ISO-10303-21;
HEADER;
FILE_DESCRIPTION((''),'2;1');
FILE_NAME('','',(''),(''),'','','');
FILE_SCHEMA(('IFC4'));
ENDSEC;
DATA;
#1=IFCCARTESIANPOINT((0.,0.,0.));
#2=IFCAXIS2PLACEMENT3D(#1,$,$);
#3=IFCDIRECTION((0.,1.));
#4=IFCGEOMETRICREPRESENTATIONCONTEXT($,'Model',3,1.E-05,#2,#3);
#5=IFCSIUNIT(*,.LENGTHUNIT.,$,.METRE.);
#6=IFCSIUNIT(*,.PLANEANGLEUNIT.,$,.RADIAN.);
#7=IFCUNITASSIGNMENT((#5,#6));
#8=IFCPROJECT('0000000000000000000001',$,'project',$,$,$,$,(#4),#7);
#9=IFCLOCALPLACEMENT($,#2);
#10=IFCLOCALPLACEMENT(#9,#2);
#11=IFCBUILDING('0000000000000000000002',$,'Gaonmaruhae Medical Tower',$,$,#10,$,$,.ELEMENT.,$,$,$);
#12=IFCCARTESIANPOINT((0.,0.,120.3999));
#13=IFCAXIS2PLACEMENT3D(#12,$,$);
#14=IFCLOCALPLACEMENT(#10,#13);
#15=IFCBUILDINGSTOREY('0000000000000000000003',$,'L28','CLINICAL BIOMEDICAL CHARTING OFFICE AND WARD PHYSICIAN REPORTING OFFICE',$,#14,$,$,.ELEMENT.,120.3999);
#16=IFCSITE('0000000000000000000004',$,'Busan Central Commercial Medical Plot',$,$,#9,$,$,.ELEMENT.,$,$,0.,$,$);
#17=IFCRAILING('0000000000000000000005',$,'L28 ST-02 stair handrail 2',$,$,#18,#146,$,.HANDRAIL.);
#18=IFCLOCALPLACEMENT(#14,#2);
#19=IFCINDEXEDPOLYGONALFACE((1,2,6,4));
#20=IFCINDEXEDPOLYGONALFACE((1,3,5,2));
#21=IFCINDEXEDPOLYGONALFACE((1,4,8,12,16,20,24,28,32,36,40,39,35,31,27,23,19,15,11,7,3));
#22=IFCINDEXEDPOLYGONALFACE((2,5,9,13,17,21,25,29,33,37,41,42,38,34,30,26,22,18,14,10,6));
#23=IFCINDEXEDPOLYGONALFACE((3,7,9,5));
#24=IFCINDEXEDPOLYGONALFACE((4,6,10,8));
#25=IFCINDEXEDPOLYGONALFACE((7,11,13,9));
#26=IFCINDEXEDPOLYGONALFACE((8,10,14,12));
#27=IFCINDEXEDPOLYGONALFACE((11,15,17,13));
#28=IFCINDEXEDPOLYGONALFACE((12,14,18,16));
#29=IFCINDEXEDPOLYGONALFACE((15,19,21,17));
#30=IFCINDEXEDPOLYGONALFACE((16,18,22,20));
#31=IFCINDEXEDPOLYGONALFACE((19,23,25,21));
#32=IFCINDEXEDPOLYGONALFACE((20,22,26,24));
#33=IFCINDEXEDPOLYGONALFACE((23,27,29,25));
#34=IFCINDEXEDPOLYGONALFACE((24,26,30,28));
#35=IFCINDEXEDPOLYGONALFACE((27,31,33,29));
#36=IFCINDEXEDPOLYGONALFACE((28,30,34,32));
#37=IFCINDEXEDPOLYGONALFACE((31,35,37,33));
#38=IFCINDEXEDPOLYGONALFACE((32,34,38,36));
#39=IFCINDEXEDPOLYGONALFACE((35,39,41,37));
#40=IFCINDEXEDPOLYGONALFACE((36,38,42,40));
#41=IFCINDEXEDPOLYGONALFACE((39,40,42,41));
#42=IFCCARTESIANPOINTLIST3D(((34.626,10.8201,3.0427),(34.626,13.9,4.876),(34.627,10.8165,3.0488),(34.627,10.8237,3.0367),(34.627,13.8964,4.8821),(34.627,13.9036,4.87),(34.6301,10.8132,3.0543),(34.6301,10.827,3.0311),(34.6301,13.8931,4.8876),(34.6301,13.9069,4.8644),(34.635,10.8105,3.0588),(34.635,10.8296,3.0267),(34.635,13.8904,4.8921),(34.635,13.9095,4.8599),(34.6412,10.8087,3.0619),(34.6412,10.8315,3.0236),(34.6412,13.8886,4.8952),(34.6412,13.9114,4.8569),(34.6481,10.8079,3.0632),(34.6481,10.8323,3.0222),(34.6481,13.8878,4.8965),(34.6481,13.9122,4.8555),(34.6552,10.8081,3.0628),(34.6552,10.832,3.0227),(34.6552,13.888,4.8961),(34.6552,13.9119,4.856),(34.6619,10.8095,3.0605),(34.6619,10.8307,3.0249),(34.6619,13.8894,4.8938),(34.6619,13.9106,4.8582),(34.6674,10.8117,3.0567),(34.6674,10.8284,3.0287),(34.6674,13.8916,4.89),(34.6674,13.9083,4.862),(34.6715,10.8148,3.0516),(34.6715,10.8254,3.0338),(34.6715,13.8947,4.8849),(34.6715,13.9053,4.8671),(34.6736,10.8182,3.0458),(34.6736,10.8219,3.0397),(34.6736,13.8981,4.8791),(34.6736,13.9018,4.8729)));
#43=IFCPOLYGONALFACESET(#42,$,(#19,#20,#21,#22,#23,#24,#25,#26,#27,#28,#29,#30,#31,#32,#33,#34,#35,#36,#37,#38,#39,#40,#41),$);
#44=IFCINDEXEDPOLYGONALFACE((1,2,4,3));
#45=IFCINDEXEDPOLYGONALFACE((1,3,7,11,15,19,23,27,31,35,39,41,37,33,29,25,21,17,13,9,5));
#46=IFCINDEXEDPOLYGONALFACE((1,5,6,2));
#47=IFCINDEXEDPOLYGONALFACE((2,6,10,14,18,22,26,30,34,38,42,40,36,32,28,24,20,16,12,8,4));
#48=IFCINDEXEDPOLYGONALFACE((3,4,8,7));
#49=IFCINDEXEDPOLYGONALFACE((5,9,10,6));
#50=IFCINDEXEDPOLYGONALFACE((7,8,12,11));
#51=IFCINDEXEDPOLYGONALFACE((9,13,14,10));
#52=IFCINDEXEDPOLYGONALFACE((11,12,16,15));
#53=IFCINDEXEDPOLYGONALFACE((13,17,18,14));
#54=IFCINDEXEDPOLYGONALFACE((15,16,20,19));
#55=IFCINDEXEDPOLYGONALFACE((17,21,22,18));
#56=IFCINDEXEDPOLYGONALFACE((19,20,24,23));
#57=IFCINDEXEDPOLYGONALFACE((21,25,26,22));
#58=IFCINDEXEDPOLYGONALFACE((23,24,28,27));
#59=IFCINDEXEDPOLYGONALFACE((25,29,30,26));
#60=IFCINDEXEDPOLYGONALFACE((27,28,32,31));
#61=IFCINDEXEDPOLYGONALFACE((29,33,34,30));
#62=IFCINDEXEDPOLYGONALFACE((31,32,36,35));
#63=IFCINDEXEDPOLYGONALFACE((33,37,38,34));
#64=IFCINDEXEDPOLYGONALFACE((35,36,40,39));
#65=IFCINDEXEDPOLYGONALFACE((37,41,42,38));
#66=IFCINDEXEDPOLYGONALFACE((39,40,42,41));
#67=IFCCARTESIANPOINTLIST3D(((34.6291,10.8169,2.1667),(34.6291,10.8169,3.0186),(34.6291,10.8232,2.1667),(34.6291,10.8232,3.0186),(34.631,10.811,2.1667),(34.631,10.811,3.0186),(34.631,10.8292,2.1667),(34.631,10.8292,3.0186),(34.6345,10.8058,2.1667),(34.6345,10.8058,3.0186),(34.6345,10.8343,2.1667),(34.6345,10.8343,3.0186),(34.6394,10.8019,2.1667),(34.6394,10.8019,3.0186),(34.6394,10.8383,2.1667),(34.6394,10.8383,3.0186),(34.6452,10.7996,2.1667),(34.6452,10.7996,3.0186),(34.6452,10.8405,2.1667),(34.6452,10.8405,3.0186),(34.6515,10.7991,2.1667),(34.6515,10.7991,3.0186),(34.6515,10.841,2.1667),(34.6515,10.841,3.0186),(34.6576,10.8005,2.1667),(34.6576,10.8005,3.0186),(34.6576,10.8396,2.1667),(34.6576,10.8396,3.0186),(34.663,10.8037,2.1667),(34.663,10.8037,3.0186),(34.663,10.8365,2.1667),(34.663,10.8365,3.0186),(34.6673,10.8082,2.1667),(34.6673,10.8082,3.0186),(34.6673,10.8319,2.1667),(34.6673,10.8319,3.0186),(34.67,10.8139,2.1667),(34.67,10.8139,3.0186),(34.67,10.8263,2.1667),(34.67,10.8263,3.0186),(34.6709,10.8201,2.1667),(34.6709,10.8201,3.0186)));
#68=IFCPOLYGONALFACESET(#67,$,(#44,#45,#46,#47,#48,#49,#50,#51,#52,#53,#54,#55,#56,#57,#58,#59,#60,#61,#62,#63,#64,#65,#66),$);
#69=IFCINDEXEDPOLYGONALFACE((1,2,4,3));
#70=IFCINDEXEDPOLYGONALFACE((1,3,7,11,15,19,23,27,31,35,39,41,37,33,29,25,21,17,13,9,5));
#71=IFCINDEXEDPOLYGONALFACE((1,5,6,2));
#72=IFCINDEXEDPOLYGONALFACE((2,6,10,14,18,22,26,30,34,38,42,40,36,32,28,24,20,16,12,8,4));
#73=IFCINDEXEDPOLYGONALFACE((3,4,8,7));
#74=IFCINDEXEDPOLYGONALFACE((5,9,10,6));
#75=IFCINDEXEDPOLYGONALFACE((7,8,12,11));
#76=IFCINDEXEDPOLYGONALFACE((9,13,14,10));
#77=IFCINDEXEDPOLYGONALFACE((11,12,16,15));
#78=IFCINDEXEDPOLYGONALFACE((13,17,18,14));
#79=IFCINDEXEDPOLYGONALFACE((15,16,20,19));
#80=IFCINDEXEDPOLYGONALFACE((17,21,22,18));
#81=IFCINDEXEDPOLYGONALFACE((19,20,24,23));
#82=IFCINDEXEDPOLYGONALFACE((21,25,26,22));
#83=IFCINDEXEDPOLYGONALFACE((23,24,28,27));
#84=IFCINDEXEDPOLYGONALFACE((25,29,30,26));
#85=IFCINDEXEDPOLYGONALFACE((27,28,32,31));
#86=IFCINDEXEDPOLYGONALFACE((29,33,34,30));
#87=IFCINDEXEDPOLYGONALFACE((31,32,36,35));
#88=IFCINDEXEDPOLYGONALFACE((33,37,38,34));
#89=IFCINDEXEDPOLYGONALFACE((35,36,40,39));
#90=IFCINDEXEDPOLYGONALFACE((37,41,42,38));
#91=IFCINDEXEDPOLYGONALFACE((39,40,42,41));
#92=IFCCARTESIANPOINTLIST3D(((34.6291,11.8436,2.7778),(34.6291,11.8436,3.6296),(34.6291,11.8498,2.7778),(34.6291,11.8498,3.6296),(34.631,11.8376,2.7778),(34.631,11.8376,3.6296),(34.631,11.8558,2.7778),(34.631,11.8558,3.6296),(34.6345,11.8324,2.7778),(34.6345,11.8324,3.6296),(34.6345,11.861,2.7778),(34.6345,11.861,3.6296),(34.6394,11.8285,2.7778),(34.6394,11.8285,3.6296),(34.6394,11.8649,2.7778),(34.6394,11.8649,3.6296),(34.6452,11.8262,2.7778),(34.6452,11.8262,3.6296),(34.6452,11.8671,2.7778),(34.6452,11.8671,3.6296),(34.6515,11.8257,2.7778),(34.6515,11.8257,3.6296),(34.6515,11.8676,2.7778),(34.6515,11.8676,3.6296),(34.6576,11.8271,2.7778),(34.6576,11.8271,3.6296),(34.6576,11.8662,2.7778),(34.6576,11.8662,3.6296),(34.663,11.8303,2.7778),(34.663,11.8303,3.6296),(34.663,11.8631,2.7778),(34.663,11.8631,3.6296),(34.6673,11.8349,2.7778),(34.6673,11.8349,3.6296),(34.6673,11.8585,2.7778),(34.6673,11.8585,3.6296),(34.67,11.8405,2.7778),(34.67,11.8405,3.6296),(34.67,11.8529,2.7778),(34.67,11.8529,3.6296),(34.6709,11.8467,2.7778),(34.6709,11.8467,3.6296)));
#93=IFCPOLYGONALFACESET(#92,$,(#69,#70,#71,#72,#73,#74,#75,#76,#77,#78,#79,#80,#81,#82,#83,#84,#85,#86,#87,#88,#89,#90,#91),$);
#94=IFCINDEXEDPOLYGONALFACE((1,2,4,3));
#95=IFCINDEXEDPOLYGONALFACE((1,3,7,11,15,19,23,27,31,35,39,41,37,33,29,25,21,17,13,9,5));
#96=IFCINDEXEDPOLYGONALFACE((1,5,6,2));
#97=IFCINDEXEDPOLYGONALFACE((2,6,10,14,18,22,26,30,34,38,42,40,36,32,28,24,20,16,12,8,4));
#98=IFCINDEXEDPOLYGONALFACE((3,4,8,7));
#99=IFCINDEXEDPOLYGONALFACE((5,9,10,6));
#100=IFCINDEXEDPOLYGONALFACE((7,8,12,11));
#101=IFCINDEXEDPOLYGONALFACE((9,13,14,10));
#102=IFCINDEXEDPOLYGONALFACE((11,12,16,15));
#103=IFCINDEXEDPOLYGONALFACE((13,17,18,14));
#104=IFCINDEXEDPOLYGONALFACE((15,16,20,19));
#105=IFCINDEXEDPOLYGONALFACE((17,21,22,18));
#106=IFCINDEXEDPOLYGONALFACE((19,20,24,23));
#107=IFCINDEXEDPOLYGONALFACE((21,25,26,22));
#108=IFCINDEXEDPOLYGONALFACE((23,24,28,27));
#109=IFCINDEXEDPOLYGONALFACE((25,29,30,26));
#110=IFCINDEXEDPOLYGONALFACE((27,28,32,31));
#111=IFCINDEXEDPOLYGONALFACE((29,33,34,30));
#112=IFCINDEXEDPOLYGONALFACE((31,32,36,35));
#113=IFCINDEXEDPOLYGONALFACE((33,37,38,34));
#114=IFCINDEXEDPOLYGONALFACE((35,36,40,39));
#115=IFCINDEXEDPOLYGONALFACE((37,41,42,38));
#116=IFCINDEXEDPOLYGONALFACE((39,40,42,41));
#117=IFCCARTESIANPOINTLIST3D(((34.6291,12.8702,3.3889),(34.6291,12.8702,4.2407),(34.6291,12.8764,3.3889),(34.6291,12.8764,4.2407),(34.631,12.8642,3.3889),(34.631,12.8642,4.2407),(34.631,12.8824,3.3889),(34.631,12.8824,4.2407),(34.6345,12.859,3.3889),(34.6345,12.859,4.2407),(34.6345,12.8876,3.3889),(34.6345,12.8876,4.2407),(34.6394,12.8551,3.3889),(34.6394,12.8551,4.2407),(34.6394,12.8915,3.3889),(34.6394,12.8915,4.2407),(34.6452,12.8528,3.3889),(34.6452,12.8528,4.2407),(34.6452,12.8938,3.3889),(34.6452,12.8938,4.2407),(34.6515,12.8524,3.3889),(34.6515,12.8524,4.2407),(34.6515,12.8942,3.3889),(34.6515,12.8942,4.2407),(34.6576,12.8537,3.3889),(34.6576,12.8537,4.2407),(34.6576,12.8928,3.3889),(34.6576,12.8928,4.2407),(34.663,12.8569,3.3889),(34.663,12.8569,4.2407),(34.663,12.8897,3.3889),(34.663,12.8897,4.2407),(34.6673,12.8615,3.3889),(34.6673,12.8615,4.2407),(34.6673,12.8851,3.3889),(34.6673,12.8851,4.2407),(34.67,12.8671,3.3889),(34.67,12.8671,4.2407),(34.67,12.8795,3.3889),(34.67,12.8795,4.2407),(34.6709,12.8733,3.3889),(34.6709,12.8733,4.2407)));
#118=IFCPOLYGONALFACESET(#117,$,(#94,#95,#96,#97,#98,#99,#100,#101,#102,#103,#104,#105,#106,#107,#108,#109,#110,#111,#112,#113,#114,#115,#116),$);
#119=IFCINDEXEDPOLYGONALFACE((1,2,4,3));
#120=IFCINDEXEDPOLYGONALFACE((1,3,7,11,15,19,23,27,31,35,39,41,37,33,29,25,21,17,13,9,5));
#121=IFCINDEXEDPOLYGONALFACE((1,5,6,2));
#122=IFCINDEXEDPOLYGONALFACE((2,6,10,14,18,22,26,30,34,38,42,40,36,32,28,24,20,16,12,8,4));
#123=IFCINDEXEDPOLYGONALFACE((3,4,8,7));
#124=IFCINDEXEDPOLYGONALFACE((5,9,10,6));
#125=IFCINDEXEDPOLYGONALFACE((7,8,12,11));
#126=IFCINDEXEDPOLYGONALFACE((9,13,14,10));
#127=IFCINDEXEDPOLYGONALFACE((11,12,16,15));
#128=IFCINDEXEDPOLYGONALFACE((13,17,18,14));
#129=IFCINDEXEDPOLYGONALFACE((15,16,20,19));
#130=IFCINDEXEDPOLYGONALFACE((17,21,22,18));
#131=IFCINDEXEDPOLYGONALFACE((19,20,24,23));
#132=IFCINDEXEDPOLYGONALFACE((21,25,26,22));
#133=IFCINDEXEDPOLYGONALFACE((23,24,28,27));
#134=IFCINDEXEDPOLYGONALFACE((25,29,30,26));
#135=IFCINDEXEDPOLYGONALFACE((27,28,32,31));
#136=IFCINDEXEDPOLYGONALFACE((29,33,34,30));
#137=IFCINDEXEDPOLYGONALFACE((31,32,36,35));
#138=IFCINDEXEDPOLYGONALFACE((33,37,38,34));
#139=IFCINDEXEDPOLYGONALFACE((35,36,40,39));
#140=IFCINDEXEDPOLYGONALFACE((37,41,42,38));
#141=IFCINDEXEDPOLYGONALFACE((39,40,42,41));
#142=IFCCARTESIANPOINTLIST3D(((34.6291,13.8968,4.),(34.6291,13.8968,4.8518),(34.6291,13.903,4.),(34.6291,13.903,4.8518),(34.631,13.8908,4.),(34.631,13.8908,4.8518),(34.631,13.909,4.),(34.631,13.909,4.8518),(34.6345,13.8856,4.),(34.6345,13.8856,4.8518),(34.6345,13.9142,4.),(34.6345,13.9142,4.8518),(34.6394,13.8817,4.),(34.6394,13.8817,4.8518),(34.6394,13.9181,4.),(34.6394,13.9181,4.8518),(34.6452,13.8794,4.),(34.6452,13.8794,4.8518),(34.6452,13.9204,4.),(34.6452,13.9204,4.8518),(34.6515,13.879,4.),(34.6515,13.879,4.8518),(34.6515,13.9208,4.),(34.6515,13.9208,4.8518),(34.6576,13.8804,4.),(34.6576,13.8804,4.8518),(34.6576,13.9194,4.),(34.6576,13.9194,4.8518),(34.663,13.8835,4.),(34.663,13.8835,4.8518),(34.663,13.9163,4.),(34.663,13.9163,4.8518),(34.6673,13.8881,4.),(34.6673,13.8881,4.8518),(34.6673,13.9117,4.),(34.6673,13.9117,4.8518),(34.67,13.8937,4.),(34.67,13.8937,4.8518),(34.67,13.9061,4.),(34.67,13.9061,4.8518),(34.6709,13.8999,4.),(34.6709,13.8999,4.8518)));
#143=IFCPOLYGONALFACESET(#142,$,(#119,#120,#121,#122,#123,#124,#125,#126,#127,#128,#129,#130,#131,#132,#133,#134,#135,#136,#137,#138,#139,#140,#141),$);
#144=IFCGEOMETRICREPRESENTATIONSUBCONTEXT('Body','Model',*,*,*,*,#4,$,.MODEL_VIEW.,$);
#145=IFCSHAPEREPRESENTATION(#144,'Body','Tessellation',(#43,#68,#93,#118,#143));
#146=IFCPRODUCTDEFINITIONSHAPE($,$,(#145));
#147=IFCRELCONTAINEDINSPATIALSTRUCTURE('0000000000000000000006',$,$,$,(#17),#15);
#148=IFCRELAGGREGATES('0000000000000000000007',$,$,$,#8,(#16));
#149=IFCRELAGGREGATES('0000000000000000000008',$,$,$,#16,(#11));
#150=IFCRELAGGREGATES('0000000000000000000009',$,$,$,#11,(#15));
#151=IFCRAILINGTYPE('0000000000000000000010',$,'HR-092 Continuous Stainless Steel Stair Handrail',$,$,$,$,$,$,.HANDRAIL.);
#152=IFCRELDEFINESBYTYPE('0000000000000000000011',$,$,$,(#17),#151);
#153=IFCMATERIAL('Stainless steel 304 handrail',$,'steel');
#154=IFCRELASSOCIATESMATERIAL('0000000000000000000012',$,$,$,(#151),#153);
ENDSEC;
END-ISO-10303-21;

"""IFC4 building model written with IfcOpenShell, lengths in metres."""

from ifc_helpers import new_model, si_unit, direction, frame, origin, origin_2d, place, context, subcontext, project, spatial, circle, extrude, material, type_object, element, save


model = new_model("IFC4")

# Units and contexts
model_context = context("Model", 3, precision=1e-05, world=origin(), true_north=direction((0.0, 1.0)))
body_context = subcontext(model_context, "Body", "Model", "MODEL_VIEW")
ifc_project = project(units=[si_unit("LENGTHUNIT", "METRE"), si_unit("PLANEANGLEUNIT", "RADIAN")], contexts=[model_context])

# Site, building, storey
site_placement = place(None, origin())
site = spatial("IfcSite", under=ifc_project, at=site_placement, Name="Busan Central Commercial Medical Plot", CompositionType="ELEMENT", RefElevation=0.0)
building_placement = place(site_placement, origin())
building = spatial("IfcBuilding", under=site, at=building_placement, Name="Gaonmaruhae Medical Tower", CompositionType="ELEMENT")
storey_placement = place(building_placement, frame((0.0, 0.0, 120.3999)))
storey = spatial("IfcBuildingStorey", under=building, at=storey_placement, Name="L28", Description="CLINICAL BIOMEDICAL CHARTING OFFICE AND WARD PHYSICIAN REPORTING OFFICE", CompositionType="ELEMENT", Elevation=120.3999)

# Railing
ifc_material_1 = material(Name="Stainless steel 304 handrail", Category="steel")
railing_type_1 = type_object("IfcRailingType", Name="HR-092 Continuous Stainless Steel Stair Handrail", PredefinedType="HANDRAIL", material=ifc_material_1)
railing_1_placement = place(storey_placement, frame((34.6499, 10.8201, 2.1667)))
element("IfcRailing", 1, at=railing_1_placement, inside=storey, type_object=railing_type_1, Name="L28 ST-02 stair handrail 2", PredefinedType="HANDRAIL", context=body_context, shape_type="SweptSolid", body=[
    extrude(circle(Radius=0.0239, at=origin_2d()), frame((0.0, 0.0, 0.876), z_axis=(0.0, 0.859291, 0.511487), x_axis=(-1.0, 0.0, 0.0)), (0.0, 0.0, 1.0), 3.5842),
    extrude(circle(Radius=0.021, at=origin_2d()), origin(), (0.0, 0.0, 1.0), 0.8518),
    extrude(circle(Radius=0.021, at=origin_2d()), frame((0.0, 1.0266, 0.6111)), (0.0, 0.0, 1.0), 0.8518),
    extrude(circle(Radius=0.021, at=origin_2d()), frame((0.0, 2.0532, 1.2222)), (0.0, 0.0, 1.0), 0.8518),
    extrude(circle(Radius=0.021, at=origin_2d()), frame((0.0, 3.0798, 1.8333)), (0.0, 0.0, 1.0), 0.8518),
])

save(model, "model.ifc")
